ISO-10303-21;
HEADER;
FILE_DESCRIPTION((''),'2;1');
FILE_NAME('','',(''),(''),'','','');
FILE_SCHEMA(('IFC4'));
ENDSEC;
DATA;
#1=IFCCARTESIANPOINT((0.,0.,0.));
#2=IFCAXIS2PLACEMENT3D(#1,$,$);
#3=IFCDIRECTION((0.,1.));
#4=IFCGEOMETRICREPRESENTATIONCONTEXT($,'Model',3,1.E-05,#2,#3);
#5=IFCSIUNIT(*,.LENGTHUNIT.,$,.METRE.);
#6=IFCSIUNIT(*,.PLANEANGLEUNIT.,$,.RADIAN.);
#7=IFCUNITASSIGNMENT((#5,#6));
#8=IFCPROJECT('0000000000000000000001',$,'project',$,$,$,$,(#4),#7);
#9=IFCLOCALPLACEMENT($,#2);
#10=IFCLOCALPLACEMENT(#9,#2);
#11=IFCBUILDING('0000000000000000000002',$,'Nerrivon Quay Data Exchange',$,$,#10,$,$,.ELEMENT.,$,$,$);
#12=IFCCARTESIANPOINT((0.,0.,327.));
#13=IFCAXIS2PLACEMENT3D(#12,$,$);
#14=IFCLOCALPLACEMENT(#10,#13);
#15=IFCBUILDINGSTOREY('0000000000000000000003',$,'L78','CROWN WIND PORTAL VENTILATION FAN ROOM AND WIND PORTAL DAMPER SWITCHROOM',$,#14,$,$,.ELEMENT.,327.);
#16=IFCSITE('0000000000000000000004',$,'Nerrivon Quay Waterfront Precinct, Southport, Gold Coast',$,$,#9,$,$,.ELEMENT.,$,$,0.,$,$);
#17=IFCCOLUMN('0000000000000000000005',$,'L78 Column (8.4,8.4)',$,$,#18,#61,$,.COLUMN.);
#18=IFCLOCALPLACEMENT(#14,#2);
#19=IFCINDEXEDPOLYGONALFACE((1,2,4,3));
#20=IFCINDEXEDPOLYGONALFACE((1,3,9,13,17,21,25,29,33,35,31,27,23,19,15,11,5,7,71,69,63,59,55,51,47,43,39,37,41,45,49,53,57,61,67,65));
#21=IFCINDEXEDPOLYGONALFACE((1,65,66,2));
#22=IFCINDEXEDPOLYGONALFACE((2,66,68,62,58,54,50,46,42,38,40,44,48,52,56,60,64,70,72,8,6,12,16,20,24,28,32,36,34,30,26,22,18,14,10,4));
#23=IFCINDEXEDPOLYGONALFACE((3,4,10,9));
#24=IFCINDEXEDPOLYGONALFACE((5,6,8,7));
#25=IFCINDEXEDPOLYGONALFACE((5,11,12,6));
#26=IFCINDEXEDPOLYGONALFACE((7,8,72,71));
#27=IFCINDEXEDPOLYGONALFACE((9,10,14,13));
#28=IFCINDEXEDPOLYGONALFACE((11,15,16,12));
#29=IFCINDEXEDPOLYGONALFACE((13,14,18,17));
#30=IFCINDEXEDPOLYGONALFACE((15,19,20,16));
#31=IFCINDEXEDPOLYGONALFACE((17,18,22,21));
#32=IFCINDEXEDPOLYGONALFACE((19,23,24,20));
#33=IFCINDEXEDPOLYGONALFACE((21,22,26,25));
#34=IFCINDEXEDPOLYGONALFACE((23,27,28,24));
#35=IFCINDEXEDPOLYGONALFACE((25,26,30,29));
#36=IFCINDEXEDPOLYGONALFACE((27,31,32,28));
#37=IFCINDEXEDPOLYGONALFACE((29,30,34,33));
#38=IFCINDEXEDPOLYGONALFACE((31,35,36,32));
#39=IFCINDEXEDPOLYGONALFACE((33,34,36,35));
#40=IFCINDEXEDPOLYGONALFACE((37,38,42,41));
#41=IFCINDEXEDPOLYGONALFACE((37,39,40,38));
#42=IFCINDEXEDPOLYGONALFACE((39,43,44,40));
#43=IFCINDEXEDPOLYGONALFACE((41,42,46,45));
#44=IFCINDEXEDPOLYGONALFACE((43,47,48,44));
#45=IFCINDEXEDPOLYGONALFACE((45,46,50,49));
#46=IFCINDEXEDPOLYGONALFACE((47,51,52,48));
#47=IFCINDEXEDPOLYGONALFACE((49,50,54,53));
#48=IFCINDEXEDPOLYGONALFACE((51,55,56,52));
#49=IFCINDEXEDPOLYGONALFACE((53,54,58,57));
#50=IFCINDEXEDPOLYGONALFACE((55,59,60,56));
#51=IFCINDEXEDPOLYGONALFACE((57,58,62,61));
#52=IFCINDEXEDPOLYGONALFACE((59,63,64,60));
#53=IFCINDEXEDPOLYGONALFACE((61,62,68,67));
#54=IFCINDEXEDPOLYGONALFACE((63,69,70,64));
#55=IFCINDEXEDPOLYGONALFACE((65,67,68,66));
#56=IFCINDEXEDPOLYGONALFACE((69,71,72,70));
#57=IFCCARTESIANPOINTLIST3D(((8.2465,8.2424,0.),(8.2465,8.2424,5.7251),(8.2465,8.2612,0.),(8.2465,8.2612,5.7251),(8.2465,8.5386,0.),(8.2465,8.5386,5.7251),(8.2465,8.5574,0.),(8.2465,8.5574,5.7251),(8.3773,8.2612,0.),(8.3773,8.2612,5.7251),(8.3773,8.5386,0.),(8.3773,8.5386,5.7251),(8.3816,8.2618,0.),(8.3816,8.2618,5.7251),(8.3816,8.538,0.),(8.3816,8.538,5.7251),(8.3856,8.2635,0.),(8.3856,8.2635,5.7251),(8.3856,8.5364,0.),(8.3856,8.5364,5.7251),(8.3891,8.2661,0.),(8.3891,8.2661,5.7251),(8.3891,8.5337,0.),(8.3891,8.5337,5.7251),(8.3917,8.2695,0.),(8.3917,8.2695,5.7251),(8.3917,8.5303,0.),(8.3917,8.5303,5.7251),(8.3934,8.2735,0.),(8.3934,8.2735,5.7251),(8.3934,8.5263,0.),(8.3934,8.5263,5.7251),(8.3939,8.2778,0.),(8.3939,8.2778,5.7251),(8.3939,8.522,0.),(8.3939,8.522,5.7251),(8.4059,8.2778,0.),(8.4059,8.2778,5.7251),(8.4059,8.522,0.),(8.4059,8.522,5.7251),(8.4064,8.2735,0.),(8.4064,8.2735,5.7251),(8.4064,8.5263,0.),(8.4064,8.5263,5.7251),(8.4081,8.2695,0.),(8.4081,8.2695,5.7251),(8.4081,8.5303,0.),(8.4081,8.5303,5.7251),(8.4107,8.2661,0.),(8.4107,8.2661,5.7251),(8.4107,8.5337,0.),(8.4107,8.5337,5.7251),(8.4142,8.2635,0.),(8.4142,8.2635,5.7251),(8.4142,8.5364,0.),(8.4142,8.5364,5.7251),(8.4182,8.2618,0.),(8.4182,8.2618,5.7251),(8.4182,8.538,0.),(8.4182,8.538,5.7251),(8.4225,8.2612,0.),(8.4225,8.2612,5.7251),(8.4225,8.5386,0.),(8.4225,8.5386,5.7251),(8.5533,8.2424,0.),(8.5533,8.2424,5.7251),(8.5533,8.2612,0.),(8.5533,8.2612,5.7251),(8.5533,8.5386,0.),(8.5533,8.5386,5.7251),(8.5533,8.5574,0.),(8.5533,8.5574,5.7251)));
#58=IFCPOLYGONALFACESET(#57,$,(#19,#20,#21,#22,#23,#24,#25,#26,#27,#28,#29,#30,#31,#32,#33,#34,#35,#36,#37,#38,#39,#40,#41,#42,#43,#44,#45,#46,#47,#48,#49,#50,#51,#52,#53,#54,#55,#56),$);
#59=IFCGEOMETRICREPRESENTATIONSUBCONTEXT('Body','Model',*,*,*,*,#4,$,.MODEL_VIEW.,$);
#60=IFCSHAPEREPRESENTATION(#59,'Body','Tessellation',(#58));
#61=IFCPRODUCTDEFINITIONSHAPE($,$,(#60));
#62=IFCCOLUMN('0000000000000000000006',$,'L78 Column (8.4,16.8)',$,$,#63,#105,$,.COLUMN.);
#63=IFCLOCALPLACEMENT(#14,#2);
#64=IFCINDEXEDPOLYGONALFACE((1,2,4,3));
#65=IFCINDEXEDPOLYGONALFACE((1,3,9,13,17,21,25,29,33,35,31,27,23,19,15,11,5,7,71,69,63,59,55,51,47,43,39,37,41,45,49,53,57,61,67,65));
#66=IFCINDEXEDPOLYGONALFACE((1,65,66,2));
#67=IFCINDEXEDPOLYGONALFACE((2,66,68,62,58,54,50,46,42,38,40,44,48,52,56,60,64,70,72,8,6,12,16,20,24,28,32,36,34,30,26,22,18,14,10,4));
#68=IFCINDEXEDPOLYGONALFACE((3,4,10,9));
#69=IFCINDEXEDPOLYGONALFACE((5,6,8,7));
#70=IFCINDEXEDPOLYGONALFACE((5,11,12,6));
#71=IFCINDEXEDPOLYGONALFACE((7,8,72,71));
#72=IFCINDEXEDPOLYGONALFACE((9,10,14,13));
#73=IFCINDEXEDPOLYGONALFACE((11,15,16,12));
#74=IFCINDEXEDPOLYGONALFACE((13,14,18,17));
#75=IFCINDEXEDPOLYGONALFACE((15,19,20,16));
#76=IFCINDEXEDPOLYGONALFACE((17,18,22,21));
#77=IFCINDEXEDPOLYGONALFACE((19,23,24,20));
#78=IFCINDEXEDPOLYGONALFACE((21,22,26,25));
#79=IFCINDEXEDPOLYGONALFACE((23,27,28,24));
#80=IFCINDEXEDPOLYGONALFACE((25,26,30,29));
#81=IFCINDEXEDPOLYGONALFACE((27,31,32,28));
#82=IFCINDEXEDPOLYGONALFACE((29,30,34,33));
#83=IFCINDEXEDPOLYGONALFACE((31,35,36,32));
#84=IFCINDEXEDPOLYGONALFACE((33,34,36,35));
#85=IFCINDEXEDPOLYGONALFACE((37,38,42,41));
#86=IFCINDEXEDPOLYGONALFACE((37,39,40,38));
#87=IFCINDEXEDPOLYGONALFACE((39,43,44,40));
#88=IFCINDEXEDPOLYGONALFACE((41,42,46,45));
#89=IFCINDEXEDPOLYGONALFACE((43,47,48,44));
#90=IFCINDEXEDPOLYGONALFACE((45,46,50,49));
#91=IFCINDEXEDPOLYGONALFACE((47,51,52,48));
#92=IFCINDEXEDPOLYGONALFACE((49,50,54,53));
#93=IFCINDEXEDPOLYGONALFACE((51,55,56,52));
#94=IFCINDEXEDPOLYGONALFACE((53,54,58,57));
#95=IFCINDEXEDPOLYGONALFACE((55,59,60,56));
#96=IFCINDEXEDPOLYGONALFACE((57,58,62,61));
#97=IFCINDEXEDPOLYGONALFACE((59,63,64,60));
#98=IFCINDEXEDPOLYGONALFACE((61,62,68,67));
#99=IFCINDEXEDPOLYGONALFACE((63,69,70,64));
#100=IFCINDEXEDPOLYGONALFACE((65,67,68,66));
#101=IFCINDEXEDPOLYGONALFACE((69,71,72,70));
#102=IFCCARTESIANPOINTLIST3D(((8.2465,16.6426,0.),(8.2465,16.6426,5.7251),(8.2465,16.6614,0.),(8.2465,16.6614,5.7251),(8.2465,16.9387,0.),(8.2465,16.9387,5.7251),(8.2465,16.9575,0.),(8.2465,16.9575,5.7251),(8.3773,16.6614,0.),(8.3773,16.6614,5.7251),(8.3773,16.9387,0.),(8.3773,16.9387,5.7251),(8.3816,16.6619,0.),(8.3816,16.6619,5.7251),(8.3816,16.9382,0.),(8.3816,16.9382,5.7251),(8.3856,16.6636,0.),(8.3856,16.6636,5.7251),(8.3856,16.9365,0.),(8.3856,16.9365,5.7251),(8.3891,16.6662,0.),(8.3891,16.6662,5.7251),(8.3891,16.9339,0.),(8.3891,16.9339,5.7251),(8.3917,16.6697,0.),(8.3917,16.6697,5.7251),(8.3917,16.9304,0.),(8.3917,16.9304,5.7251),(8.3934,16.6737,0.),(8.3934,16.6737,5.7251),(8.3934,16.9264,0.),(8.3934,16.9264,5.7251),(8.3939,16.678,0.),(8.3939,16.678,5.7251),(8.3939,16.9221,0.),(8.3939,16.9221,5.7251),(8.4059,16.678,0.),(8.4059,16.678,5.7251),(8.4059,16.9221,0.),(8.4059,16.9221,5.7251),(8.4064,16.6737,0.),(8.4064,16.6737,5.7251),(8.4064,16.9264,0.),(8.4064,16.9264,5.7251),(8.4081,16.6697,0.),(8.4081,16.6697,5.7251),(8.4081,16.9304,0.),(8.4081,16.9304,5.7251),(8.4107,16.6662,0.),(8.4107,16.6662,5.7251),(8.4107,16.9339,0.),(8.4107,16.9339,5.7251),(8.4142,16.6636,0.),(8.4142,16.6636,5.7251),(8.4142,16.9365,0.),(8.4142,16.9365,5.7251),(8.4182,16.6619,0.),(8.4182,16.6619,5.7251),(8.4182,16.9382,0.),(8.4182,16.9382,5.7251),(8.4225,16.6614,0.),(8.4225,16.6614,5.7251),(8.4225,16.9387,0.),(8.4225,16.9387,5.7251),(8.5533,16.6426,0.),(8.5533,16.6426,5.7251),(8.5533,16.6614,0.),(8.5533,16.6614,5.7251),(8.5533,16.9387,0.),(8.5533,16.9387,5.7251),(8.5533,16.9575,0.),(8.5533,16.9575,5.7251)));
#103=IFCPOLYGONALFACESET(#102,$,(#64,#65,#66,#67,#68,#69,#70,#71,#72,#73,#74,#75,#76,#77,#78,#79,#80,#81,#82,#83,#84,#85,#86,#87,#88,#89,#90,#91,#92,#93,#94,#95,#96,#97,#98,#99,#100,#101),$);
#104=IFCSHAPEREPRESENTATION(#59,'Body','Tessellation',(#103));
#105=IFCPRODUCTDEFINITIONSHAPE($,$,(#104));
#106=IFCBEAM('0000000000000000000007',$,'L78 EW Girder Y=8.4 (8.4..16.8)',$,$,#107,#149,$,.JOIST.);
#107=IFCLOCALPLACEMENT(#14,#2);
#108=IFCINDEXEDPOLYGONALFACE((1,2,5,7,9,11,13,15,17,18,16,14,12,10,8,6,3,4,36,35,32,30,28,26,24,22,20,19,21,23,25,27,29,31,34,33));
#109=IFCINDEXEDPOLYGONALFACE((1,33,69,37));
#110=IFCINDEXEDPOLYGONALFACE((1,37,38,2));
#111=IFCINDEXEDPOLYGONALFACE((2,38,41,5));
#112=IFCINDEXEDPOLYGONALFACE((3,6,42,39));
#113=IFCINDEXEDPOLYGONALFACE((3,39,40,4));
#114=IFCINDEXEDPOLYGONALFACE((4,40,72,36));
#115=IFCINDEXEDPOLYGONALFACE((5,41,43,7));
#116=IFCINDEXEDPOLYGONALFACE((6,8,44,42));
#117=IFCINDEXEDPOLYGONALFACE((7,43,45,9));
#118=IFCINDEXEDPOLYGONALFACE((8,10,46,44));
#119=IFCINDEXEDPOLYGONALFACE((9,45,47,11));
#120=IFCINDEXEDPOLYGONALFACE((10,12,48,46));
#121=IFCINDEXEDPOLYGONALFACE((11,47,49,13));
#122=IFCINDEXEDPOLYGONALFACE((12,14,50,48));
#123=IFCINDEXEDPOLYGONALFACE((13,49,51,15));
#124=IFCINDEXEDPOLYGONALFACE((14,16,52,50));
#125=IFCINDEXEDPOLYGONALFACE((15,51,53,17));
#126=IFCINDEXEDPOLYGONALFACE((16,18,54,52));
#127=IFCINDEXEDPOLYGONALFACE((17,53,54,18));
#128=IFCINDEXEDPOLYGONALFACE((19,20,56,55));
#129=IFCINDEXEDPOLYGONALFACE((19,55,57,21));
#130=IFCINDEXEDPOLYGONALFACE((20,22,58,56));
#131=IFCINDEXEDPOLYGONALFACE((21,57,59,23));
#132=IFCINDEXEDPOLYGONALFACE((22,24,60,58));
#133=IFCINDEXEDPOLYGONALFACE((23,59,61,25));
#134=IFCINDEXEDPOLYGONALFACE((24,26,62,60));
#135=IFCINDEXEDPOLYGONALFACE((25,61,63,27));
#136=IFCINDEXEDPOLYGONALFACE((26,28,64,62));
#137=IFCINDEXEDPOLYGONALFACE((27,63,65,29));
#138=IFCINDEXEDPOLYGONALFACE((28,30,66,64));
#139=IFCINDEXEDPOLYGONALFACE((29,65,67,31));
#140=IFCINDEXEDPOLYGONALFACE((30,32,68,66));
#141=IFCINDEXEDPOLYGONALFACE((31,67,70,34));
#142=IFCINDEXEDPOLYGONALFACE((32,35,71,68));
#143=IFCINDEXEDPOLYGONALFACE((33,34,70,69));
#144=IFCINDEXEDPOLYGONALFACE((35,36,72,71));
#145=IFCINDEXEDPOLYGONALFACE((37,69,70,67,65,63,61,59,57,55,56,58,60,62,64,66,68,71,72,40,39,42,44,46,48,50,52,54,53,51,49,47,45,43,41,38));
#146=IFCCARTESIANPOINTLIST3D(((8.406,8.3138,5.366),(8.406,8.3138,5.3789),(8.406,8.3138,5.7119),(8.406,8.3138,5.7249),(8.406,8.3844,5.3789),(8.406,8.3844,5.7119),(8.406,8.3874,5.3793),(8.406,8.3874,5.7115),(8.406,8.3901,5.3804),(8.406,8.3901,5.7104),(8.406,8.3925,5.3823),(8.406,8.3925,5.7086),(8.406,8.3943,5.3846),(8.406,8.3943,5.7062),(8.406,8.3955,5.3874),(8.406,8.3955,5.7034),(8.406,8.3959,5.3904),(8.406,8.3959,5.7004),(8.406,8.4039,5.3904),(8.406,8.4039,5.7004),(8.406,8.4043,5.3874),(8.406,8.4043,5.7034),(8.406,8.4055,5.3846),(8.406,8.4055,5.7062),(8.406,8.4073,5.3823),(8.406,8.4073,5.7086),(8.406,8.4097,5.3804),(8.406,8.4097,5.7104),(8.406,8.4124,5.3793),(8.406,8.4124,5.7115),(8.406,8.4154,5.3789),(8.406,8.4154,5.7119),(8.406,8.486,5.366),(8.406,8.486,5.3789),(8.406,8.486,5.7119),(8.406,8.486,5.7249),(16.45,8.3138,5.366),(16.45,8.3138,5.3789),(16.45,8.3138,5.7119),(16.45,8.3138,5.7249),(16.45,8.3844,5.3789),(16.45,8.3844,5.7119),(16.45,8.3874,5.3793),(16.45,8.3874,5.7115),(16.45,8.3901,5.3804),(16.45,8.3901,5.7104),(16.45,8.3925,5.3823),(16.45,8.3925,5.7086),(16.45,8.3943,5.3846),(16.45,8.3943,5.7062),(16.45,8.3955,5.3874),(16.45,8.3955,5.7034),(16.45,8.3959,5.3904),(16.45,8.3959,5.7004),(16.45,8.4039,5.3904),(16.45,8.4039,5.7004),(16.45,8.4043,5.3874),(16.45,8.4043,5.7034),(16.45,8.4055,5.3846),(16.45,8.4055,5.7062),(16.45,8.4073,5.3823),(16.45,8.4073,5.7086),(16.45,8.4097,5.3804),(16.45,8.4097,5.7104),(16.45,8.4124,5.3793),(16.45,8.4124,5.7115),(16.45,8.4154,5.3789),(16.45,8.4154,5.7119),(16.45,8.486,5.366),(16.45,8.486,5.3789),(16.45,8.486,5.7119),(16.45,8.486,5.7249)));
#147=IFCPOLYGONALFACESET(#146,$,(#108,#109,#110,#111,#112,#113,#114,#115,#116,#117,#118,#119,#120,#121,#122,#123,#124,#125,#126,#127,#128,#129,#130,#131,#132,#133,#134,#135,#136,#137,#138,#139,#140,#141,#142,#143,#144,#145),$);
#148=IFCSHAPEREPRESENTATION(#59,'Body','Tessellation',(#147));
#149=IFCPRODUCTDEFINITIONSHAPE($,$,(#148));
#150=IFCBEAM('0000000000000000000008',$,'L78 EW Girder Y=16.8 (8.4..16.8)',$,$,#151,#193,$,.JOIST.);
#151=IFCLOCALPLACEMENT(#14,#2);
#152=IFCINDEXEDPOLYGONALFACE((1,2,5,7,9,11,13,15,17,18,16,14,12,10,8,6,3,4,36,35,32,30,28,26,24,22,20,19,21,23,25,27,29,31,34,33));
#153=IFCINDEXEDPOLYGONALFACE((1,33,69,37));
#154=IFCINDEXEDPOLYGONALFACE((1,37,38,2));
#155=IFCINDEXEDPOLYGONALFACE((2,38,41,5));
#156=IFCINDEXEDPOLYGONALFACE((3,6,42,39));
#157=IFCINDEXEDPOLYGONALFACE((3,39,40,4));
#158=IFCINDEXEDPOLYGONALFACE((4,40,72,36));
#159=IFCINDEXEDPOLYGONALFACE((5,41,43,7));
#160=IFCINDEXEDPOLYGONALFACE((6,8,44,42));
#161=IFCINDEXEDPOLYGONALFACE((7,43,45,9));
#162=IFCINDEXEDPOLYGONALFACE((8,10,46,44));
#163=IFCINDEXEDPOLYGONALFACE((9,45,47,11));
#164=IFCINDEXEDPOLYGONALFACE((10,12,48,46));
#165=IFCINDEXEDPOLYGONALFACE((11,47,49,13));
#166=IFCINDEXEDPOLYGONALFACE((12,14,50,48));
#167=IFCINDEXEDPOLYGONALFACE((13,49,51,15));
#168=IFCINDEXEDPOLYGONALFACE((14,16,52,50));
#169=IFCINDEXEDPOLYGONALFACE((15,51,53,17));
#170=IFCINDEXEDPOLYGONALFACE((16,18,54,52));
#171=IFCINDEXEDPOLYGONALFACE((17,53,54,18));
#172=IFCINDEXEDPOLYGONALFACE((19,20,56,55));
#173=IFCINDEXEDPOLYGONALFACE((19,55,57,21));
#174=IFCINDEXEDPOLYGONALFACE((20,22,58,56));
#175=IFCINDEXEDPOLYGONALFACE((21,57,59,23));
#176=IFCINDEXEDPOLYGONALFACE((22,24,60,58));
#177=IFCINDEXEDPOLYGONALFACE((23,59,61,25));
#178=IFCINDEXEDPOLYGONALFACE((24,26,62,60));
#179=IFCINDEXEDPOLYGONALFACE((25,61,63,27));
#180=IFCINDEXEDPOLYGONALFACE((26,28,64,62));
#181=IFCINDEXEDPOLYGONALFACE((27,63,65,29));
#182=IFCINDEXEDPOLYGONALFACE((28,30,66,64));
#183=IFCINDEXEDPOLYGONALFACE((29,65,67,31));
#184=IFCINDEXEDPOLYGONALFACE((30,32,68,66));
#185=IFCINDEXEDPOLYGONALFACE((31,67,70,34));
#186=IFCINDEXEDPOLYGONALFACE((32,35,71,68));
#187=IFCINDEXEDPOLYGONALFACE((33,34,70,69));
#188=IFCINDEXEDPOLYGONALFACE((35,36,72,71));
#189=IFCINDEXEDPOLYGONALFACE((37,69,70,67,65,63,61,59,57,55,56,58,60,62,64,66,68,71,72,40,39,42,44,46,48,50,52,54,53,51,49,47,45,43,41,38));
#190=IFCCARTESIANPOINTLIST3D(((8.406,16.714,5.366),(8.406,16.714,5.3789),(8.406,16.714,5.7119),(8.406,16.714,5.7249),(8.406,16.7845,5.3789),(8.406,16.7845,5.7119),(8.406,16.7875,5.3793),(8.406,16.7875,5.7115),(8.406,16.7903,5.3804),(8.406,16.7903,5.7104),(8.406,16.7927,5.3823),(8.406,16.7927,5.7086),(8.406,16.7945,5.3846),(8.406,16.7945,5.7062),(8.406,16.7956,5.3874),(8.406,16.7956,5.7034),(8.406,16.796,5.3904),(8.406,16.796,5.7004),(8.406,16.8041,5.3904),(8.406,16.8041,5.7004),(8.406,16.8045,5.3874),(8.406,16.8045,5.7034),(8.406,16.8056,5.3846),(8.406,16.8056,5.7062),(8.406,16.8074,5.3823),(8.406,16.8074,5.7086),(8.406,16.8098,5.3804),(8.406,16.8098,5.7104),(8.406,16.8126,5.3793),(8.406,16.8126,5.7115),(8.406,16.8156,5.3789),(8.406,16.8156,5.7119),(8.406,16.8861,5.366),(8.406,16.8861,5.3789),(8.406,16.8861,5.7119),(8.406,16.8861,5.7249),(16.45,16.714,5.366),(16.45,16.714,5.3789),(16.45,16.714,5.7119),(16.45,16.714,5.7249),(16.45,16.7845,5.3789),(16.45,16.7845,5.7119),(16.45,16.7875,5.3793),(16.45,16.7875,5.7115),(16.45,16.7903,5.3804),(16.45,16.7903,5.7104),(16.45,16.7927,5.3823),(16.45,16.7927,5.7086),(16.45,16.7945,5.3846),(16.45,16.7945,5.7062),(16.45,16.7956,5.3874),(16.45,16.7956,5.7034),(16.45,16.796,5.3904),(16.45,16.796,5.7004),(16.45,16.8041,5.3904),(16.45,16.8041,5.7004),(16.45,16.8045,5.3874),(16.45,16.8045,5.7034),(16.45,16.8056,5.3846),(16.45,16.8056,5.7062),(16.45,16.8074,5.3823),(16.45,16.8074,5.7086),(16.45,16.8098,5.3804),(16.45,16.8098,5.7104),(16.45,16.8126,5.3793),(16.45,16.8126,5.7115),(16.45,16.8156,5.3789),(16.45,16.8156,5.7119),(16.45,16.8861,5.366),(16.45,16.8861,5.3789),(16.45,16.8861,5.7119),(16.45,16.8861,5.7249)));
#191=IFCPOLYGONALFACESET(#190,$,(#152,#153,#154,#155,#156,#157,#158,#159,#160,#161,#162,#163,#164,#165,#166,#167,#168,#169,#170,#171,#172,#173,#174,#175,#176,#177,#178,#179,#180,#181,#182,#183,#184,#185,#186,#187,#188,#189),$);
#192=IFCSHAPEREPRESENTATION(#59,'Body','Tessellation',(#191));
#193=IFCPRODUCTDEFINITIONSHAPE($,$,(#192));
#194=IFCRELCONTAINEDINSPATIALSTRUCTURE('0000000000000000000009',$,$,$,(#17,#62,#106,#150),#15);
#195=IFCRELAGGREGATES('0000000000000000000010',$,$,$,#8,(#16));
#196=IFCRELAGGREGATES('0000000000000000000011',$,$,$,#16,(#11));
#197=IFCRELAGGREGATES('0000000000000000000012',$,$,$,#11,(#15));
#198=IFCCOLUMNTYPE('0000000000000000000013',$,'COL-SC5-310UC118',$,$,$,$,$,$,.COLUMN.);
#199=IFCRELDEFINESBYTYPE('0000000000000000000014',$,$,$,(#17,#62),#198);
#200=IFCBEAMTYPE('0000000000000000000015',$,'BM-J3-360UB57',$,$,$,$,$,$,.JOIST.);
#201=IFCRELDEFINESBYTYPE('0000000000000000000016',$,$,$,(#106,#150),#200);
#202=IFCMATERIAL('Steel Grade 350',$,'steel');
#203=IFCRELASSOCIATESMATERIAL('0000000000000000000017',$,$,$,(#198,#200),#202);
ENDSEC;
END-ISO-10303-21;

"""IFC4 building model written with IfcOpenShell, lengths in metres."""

from ifc_helpers import new_model, si_unit, direction, frame, origin, origin_2d, place, context, subcontext, project, spatial, i_section, extrude, material, material_profile, profile_set, type_object, element, save


model = new_model("IFC4")

# Units and contexts
model_context = context("Model", 3, precision=1e-05, world=origin(), true_north=direction((0.0, 1.0)))
body_context = subcontext(model_context, "Body", "Model", "MODEL_VIEW")
ifc_project = project(units=[si_unit("LENGTHUNIT", "METRE"), si_unit("PLANEANGLEUNIT", "RADIAN")], contexts=[model_context])

# Site, building, storey
site_placement = place(None, origin())
site = spatial("IfcSite", under=ifc_project, at=site_placement, Name="Nerrivon Quay Waterfront Precinct, Southport, Gold Coast", CompositionType="ELEMENT", RefElevation=0.0)
building_placement = place(site_placement, origin())
building = spatial("IfcBuilding", under=site, at=building_placement, Name="Nerrivon Quay Data Exchange", CompositionType="ELEMENT")
storey_placement = place(building_placement, frame((0.0, 0.0, 327.0)))
storey = spatial("IfcBuildingStorey", under=building, at=storey_placement, Name="L78", Description="CROWN WIND PORTAL VENTILATION FAN ROOM AND WIND PORTAL DAMPER SWITCHROOM", CompositionType="ELEMENT", Elevation=327.0)

# Columns
ifc_material_1 = material(Name="Steel Grade 350", Category="steel")
ifc_material_profile_1 = material_profile(ifc_material_1, i_section(OverallWidth=0.3069, OverallDepth=0.3149, WebThickness=0.012, FlangeThickness=0.0188, FilletRadius=0.0166, at=origin_2d()), Name="310UC118")
ifc_profile_set_1 = profile_set([ifc_material_profile_1], Name="Steel Grade 350")
column_type = type_object("IfcColumnType", Name="COL-SC5-310UC118", PredefinedType="COLUMN", material=ifc_profile_set_1)
for number, where, z_axis, x_axis, name in (
    (1, (8.3999, 8.3999, 0.0), (0.0, 0.0, 1.0), (1.0, 0.0, 0.0), "L78 Column (8.4,8.4)"),
    (2, (8.3999, 16.8, 0.0), (0.0, 0.0, 1.0), (1.0, 0.0, 0.0), "L78 Column (8.4,16.8)"),
):
    element("IfcColumn", number, at=place(storey_placement, frame(where, z_axis=z_axis, x_axis=x_axis)), inside=storey, type_object=column_type, Name=name, PredefinedType="COLUMN", context=body_context, shape_type="SweptSolid", body=[
        extrude(i_section(OverallWidth=0.3069, OverallDepth=0.3149, WebThickness=0.012, FlangeThickness=0.0188, FilletRadius=0.0166, at=origin_2d()), origin(), (0.0, 0.0, 1.0), 5.7251),
    ])

# Beams
ifc_material_profile_2 = material_profile(ifc_material_1, i_section(OverallWidth=0.1721, OverallDepth=0.3589, WebThickness=0.0081, FlangeThickness=0.0129, FilletRadius=0.0115, at=origin_2d()), Name="360UB56.7")
ifc_profile_set_2 = profile_set([ifc_material_profile_2], Name="Steel Grade 350")
beam_type_1 = type_object("IfcBeamType", Name="BM-J3-360UB57", PredefinedType="JOIST", material=ifc_profile_set_2)
for number, where, z_axis, x_axis, name in (
    (3, (8.406, 8.3999, 5.5454), (1.0, 0.0, 0.0), (0.0, 1.0, 0.0), "L78 EW Girder Y=8.4 (8.4..16.8)"),
    (4, (8.406, 16.8, 5.5454), (1.0, 0.0, 0.0), (0.0, 1.0, 0.0), "L78 EW Girder Y=16.8 (8.4..16.8)"),
):
    element("IfcBeam", number, at=place(storey_placement, frame(where, z_axis=z_axis, x_axis=x_axis)), inside=storey, type_object=beam_type_1, Name=name, PredefinedType="JOIST", context=body_context, shape_type="SweptSolid", body=[
        extrude(i_section(OverallWidth=0.1721, OverallDepth=0.3589, WebThickness=0.0081, FlangeThickness=0.0129, FilletRadius=0.0115, at=origin_2d()), origin(), (0.0, 0.0, 1.0), 8.0439),
    ])

save(model, "model.ifc")
